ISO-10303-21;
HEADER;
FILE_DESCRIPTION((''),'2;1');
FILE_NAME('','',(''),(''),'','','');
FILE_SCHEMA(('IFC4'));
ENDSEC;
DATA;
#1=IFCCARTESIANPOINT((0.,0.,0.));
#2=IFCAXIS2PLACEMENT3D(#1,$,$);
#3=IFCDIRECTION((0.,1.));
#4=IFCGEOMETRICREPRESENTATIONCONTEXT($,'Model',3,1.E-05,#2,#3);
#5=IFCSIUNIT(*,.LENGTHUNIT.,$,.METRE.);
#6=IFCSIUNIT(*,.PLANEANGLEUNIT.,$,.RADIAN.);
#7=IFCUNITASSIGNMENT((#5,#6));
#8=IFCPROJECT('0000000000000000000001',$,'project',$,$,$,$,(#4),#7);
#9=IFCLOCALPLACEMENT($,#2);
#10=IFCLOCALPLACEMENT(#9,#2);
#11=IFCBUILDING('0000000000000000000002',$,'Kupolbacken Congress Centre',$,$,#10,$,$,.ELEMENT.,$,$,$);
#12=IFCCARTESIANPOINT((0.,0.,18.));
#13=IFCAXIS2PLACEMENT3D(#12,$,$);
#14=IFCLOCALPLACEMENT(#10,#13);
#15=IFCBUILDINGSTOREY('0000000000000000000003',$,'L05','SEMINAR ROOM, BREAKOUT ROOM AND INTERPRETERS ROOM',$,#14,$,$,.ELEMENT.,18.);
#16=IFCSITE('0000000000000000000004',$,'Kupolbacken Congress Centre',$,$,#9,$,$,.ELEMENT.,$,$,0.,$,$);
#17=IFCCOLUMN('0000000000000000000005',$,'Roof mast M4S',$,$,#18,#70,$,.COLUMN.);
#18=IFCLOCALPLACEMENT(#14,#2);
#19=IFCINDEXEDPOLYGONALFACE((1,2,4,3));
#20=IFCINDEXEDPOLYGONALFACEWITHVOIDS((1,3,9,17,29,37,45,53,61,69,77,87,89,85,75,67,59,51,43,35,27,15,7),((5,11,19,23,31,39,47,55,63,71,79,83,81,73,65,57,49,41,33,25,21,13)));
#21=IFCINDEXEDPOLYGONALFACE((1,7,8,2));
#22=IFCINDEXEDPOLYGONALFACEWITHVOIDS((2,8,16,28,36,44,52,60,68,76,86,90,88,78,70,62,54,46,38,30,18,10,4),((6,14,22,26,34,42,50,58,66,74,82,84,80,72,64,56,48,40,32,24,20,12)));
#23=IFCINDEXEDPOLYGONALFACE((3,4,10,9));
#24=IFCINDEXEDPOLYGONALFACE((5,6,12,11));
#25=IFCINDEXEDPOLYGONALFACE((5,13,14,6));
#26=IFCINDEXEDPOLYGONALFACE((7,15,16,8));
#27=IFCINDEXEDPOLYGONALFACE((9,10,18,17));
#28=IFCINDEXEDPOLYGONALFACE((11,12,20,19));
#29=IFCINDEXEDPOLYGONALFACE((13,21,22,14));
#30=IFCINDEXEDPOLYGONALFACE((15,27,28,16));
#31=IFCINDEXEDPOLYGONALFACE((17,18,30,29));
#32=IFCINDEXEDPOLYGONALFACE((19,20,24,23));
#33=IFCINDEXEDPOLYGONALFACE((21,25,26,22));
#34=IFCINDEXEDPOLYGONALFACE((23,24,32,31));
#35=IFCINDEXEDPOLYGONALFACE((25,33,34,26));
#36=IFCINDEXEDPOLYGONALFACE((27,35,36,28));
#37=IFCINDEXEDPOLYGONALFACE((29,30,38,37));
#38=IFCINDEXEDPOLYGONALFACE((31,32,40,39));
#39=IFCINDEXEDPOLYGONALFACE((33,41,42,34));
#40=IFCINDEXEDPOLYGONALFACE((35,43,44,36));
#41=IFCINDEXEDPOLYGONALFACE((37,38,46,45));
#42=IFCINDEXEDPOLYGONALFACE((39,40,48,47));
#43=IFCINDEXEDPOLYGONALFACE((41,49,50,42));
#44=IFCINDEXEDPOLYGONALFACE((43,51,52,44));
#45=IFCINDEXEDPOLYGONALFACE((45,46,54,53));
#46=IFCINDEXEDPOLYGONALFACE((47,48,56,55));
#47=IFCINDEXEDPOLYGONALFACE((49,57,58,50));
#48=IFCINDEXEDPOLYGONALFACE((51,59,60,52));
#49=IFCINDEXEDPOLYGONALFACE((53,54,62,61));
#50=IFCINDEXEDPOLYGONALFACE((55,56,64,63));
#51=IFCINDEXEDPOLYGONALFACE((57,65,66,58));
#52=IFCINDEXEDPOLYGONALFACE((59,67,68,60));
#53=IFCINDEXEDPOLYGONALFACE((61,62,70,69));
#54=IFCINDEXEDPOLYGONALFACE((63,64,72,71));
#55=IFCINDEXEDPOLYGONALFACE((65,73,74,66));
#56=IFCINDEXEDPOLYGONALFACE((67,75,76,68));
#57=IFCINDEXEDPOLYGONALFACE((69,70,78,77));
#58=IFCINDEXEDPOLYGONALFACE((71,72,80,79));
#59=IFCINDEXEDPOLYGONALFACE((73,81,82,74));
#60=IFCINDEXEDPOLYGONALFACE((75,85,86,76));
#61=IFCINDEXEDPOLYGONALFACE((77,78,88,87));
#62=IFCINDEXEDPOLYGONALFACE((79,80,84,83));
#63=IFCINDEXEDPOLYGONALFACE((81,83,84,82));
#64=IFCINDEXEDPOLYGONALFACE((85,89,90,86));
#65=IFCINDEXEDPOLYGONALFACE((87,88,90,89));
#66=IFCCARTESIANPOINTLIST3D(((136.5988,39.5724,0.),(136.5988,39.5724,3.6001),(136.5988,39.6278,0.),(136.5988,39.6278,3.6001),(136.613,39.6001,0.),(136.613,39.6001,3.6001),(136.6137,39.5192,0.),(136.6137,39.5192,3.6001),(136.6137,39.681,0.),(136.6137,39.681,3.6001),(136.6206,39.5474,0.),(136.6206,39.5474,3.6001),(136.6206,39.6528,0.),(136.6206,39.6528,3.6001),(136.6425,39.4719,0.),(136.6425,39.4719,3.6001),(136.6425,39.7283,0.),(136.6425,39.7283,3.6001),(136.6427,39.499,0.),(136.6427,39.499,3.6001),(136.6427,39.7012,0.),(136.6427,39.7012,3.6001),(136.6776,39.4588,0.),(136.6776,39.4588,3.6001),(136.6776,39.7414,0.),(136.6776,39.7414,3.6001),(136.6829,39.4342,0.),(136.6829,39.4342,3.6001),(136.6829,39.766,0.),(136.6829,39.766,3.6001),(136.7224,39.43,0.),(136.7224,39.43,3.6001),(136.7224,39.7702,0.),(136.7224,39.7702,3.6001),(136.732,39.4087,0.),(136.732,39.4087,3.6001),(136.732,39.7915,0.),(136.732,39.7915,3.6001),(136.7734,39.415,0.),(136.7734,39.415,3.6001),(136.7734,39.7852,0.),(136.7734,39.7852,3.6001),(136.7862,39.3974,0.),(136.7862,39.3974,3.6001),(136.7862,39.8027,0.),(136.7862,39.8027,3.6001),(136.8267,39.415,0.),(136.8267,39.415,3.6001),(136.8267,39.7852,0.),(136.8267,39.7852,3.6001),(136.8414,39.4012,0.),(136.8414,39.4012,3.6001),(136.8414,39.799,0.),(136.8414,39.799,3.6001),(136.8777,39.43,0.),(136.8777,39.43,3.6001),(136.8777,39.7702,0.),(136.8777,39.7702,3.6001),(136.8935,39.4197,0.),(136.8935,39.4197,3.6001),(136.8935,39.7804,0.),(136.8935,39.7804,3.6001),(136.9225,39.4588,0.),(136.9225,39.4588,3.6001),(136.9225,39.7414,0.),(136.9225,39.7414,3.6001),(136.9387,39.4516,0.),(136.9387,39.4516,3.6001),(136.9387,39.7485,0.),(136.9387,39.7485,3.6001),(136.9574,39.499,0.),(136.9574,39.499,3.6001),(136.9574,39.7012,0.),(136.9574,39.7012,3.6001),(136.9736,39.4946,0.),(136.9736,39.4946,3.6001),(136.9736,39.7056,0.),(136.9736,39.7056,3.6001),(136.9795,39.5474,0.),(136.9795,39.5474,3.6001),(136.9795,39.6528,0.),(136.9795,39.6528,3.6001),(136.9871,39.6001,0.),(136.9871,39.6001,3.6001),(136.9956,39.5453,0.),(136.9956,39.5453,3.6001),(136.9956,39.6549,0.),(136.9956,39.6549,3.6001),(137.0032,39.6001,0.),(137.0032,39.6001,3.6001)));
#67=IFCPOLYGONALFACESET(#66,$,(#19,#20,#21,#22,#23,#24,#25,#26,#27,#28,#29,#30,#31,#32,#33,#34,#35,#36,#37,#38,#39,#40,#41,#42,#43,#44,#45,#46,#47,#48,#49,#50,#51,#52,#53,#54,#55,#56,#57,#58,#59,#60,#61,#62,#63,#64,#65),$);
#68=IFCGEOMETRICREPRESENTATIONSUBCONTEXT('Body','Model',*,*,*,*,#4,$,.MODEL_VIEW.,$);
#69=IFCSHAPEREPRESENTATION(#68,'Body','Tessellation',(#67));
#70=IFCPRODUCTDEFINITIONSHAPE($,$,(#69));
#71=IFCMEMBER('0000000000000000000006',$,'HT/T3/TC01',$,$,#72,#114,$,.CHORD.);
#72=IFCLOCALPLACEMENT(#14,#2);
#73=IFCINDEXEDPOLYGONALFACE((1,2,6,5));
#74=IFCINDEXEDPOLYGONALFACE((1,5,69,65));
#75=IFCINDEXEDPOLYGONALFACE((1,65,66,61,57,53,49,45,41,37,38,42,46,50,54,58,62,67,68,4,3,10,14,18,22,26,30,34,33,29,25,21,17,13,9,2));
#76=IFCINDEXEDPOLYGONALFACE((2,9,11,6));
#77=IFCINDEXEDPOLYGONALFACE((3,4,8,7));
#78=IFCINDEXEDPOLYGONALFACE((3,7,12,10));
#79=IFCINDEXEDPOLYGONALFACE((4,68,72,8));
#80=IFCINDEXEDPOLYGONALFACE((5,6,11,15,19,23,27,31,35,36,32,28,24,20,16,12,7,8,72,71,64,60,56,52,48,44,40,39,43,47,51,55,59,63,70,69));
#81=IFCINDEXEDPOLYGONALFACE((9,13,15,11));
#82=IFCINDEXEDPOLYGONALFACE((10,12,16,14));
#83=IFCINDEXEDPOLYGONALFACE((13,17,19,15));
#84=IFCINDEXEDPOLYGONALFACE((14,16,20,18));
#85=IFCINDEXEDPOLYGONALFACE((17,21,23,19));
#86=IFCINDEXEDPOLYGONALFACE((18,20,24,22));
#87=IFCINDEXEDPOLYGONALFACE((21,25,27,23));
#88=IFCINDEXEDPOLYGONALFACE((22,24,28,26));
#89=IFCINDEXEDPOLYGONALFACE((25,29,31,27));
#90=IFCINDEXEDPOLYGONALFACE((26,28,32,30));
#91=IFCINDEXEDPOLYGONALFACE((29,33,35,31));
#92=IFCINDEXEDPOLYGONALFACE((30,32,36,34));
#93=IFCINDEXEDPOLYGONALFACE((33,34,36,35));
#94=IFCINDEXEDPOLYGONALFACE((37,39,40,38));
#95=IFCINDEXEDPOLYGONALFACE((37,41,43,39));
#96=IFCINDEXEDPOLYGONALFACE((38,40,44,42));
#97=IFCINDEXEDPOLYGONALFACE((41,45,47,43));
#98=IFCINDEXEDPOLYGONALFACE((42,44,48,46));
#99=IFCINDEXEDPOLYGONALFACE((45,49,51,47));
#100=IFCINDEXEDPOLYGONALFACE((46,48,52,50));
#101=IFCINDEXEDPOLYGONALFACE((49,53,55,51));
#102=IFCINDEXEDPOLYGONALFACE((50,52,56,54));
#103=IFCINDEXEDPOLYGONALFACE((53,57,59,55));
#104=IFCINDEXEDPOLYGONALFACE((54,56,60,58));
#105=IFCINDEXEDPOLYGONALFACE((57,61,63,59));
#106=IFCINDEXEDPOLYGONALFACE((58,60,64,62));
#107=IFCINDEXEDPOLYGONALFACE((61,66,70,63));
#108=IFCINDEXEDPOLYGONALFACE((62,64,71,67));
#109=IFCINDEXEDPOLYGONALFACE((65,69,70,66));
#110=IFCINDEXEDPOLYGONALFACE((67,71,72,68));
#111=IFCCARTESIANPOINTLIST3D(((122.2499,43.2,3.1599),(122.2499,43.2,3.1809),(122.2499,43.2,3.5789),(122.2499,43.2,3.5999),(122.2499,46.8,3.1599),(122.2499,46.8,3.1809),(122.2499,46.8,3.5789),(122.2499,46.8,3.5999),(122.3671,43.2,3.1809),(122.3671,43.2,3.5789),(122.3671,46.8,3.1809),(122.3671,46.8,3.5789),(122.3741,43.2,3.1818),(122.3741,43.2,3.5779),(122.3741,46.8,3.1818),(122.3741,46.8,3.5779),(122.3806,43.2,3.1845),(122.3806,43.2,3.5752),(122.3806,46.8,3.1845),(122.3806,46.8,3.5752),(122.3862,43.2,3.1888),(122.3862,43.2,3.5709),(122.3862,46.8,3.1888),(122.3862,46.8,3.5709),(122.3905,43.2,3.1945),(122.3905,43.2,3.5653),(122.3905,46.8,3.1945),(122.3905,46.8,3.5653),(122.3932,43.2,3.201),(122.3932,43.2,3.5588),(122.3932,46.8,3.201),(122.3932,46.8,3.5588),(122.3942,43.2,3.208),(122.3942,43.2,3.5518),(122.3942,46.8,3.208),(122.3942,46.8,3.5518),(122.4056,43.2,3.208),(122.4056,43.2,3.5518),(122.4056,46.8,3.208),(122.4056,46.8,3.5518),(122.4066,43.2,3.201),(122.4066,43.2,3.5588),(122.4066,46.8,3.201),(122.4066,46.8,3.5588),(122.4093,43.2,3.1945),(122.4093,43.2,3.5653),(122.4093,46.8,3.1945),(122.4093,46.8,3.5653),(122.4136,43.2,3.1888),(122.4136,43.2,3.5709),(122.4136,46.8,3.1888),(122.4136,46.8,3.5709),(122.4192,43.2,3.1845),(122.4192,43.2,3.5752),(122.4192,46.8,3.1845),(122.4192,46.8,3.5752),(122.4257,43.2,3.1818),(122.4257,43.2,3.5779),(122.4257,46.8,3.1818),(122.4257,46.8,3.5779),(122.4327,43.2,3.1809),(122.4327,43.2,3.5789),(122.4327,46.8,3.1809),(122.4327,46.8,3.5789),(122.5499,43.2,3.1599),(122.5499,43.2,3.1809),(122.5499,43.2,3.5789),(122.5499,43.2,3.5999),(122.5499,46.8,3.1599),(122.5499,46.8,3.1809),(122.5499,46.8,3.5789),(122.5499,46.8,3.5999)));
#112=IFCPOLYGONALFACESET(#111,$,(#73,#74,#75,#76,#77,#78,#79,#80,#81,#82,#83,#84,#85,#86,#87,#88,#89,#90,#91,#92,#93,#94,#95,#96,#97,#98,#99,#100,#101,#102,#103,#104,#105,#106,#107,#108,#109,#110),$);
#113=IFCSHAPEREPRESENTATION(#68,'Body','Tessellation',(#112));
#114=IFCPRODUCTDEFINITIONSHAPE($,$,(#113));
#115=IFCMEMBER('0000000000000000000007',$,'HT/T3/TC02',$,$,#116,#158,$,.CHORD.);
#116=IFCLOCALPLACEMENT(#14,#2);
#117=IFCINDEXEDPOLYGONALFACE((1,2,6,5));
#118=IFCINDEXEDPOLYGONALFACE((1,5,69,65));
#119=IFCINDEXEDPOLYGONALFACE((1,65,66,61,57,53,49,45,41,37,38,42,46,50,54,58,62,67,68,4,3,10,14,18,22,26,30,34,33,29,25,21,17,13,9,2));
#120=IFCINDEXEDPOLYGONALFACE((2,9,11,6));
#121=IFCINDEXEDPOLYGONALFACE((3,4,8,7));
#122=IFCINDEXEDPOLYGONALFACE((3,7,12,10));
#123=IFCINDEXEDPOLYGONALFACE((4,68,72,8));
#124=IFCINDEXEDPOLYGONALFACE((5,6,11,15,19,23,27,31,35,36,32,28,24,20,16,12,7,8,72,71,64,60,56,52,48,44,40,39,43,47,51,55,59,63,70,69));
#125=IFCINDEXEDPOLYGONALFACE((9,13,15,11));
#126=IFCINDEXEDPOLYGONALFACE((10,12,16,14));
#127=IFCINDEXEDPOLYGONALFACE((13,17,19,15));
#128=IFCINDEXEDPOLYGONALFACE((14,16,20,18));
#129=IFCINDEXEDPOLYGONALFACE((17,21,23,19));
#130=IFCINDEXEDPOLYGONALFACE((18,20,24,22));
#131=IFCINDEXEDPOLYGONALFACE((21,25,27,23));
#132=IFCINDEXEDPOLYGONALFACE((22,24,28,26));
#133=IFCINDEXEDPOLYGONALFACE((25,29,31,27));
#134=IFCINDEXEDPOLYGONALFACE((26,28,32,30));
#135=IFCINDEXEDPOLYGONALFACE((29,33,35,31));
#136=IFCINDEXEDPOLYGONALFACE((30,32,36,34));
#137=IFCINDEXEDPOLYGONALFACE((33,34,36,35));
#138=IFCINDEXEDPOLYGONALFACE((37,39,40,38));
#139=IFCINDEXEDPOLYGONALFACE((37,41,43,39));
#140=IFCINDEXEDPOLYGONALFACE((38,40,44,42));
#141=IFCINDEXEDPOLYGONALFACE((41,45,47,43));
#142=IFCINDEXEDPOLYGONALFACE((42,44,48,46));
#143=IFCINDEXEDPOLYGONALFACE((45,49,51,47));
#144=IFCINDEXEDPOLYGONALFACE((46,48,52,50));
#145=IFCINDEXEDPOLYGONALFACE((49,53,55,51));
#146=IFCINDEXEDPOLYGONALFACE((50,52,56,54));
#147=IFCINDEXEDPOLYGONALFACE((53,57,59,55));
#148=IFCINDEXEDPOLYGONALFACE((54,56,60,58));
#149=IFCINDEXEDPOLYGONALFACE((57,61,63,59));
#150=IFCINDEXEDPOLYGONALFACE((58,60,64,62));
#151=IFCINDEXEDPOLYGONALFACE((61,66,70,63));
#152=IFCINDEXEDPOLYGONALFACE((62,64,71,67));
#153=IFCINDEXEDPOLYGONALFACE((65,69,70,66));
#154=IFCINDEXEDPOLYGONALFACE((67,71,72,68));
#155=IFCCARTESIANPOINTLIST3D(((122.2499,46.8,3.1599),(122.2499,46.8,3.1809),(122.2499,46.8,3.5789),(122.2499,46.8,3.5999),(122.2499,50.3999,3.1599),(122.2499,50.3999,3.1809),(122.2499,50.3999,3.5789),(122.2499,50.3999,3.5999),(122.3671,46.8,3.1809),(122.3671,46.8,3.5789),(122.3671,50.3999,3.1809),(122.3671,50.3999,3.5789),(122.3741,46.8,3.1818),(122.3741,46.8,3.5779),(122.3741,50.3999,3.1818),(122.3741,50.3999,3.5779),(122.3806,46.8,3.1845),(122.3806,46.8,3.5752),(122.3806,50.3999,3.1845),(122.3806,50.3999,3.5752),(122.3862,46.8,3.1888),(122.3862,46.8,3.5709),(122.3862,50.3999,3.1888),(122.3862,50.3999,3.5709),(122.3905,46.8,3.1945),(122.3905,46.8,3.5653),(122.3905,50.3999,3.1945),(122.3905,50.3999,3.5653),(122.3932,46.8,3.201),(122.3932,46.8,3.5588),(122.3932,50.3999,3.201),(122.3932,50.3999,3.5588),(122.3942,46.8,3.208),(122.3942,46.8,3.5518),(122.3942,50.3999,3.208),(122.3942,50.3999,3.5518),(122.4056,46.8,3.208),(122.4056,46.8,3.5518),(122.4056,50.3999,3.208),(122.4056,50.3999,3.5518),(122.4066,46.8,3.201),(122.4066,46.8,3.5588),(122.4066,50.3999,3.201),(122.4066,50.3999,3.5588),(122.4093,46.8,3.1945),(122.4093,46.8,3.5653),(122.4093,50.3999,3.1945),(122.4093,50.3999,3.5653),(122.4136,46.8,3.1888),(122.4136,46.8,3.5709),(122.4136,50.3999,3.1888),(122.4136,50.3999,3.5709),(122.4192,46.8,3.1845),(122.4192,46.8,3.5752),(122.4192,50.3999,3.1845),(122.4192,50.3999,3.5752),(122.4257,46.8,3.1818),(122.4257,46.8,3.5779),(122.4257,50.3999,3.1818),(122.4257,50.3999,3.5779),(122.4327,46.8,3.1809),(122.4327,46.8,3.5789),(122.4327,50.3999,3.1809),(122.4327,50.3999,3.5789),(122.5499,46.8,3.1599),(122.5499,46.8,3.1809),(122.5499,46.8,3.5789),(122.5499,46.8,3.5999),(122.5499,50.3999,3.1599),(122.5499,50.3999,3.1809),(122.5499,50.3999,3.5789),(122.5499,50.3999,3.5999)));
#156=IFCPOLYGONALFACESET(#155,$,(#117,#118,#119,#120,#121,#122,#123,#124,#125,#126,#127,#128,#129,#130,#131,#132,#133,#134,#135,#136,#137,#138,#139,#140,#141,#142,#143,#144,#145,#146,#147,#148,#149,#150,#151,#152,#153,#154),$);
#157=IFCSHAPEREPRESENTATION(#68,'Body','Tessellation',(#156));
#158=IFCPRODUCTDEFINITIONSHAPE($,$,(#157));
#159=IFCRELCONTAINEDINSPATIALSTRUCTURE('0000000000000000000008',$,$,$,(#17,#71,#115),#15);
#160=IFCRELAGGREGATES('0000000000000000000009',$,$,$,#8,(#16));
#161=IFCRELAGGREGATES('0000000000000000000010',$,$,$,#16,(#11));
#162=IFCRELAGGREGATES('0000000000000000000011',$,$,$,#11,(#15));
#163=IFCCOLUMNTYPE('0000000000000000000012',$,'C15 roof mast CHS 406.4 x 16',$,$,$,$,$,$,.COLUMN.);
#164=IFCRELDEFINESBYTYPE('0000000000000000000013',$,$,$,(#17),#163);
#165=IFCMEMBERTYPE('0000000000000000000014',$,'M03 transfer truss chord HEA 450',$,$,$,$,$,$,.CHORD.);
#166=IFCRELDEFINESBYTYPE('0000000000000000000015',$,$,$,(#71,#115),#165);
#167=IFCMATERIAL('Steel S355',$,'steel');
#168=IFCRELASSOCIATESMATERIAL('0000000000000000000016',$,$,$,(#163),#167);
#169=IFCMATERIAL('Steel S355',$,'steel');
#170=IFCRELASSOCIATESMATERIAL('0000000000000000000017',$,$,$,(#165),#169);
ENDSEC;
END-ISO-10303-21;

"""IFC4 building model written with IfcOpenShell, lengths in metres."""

from ifc_helpers import new_model, si_unit, direction, frame, origin, origin_2d, place, context, subcontext, project, spatial, hollow_circle, i_section, extrude, material, material_profile, profile_set, type_object, element, save


model = new_model("IFC4")

# Units and contexts
model_context = context("Model", 3, precision=1e-05, world=origin(), true_north=direction((0.0, 1.0)))
body_context = subcontext(model_context, "Body", "Model", "MODEL_VIEW")
ifc_project = project(units=[si_unit("LENGTHUNIT", "METRE"), si_unit("PLANEANGLEUNIT", "RADIAN")], contexts=[model_context])

# Site, building, storey
site_placement = place(None, origin())
site = spatial("IfcSite", under=ifc_project, at=site_placement, Name="Kupolbacken Congress Centre", CompositionType="ELEMENT", RefElevation=0.0)
building_placement = place(site_placement, origin())
building = spatial("IfcBuilding", under=site, at=building_placement, Name="Kupolbacken Congress Centre", CompositionType="ELEMENT")
storey_placement = place(building_placement, frame((0.0, 0.0, 18.0)))
storey = spatial("IfcBuildingStorey", under=building, at=storey_placement, Name="L05", Description="SEMINAR ROOM, BREAKOUT ROOM AND INTERPRETERS ROOM", CompositionType="ELEMENT", Elevation=18.0)

# Column
ifc_material_1 = material(Name="Steel S355", Category="steel")
ifc_material_profile_1 = material_profile(ifc_material_1, hollow_circle(Radius=0.2031, WallThickness=0.0161, at=origin_2d()), Name="CHS 406.4 x 16")
ifc_profile_set_1 = profile_set([ifc_material_profile_1], Name="Steel S355")
column_type = type_object("IfcColumnType", Name="C15 roof mast CHS 406.4 x 16", PredefinedType="COLUMN", material=ifc_profile_set_1)
column_placement = place(storey_placement, frame((136.8, 39.6001, 0.0), z_axis=(0.0, 0.0, 1.0), x_axis=(1.0, 0.0, 0.0)))
element("IfcColumn", 1, at=column_placement, inside=storey, type_object=column_type, Name="Roof mast M4S", PredefinedType="COLUMN", context=body_context, shape_type="SweptSolid", body=[
    extrude(hollow_circle(Radius=0.2031, WallThickness=0.0161, at=origin_2d()), origin(), (0.0, 0.0, 1.0), 3.6001),
])

# Members
ifc_material_2 = material(Name="Steel S355", Category="steel")
ifc_material_profile_2 = material_profile(ifc_material_2, i_section(OverallWidth=0.3, OverallDepth=0.4399, WebThickness=0.0115, FlangeThickness=0.021, FilletRadius=0.0271, at=origin_2d()), Name="HEA 450")
ifc_profile_set_2 = profile_set([ifc_material_profile_2], Name="Steel S355")
member_type_1 = type_object("IfcMemberType", Name="M03 transfer truss chord HEA 450", PredefinedType="CHORD", material=ifc_profile_set_2)
member_1_placement = place(storey_placement, frame((122.3999, 43.2, 3.3799), z_axis=(0.0, 1.0, 0.0), x_axis=(-1.0, 0.0, 0.0)))
element("IfcMember", 2, at=member_1_placement, inside=storey, type_object=member_type_1, Name="HT/T3/TC01", PredefinedType="CHORD", context=body_context, shape_type="SweptSolid", body=[
    extrude(i_section(OverallWidth=0.3, OverallDepth=0.4399, WebThickness=0.0115, FlangeThickness=0.021, FilletRadius=0.0271, at=origin_2d()), origin(), (0.0, 0.0, 1.0), 3.6001),
])
member_2_placement = place(storey_placement, frame((122.3999, 46.8, 3.3799), z_axis=(0.0, 1.0, 0.0), x_axis=(-1.0, 0.0, 0.0)))
element("IfcMember", 3, at=member_2_placement, inside=storey, type_object=member_type_1, Name="HT/T3/TC02", PredefinedType="CHORD", context=body_context, shape_type="SweptSolid", body=[
    extrude(i_section(OverallWidth=0.3, OverallDepth=0.4399, WebThickness=0.0115, FlangeThickness=0.021, FilletRadius=0.0271, at=origin_2d()), origin(), (0.0, 0.0, 1.0), 3.5999),
])

save(model, "model.ifc")
